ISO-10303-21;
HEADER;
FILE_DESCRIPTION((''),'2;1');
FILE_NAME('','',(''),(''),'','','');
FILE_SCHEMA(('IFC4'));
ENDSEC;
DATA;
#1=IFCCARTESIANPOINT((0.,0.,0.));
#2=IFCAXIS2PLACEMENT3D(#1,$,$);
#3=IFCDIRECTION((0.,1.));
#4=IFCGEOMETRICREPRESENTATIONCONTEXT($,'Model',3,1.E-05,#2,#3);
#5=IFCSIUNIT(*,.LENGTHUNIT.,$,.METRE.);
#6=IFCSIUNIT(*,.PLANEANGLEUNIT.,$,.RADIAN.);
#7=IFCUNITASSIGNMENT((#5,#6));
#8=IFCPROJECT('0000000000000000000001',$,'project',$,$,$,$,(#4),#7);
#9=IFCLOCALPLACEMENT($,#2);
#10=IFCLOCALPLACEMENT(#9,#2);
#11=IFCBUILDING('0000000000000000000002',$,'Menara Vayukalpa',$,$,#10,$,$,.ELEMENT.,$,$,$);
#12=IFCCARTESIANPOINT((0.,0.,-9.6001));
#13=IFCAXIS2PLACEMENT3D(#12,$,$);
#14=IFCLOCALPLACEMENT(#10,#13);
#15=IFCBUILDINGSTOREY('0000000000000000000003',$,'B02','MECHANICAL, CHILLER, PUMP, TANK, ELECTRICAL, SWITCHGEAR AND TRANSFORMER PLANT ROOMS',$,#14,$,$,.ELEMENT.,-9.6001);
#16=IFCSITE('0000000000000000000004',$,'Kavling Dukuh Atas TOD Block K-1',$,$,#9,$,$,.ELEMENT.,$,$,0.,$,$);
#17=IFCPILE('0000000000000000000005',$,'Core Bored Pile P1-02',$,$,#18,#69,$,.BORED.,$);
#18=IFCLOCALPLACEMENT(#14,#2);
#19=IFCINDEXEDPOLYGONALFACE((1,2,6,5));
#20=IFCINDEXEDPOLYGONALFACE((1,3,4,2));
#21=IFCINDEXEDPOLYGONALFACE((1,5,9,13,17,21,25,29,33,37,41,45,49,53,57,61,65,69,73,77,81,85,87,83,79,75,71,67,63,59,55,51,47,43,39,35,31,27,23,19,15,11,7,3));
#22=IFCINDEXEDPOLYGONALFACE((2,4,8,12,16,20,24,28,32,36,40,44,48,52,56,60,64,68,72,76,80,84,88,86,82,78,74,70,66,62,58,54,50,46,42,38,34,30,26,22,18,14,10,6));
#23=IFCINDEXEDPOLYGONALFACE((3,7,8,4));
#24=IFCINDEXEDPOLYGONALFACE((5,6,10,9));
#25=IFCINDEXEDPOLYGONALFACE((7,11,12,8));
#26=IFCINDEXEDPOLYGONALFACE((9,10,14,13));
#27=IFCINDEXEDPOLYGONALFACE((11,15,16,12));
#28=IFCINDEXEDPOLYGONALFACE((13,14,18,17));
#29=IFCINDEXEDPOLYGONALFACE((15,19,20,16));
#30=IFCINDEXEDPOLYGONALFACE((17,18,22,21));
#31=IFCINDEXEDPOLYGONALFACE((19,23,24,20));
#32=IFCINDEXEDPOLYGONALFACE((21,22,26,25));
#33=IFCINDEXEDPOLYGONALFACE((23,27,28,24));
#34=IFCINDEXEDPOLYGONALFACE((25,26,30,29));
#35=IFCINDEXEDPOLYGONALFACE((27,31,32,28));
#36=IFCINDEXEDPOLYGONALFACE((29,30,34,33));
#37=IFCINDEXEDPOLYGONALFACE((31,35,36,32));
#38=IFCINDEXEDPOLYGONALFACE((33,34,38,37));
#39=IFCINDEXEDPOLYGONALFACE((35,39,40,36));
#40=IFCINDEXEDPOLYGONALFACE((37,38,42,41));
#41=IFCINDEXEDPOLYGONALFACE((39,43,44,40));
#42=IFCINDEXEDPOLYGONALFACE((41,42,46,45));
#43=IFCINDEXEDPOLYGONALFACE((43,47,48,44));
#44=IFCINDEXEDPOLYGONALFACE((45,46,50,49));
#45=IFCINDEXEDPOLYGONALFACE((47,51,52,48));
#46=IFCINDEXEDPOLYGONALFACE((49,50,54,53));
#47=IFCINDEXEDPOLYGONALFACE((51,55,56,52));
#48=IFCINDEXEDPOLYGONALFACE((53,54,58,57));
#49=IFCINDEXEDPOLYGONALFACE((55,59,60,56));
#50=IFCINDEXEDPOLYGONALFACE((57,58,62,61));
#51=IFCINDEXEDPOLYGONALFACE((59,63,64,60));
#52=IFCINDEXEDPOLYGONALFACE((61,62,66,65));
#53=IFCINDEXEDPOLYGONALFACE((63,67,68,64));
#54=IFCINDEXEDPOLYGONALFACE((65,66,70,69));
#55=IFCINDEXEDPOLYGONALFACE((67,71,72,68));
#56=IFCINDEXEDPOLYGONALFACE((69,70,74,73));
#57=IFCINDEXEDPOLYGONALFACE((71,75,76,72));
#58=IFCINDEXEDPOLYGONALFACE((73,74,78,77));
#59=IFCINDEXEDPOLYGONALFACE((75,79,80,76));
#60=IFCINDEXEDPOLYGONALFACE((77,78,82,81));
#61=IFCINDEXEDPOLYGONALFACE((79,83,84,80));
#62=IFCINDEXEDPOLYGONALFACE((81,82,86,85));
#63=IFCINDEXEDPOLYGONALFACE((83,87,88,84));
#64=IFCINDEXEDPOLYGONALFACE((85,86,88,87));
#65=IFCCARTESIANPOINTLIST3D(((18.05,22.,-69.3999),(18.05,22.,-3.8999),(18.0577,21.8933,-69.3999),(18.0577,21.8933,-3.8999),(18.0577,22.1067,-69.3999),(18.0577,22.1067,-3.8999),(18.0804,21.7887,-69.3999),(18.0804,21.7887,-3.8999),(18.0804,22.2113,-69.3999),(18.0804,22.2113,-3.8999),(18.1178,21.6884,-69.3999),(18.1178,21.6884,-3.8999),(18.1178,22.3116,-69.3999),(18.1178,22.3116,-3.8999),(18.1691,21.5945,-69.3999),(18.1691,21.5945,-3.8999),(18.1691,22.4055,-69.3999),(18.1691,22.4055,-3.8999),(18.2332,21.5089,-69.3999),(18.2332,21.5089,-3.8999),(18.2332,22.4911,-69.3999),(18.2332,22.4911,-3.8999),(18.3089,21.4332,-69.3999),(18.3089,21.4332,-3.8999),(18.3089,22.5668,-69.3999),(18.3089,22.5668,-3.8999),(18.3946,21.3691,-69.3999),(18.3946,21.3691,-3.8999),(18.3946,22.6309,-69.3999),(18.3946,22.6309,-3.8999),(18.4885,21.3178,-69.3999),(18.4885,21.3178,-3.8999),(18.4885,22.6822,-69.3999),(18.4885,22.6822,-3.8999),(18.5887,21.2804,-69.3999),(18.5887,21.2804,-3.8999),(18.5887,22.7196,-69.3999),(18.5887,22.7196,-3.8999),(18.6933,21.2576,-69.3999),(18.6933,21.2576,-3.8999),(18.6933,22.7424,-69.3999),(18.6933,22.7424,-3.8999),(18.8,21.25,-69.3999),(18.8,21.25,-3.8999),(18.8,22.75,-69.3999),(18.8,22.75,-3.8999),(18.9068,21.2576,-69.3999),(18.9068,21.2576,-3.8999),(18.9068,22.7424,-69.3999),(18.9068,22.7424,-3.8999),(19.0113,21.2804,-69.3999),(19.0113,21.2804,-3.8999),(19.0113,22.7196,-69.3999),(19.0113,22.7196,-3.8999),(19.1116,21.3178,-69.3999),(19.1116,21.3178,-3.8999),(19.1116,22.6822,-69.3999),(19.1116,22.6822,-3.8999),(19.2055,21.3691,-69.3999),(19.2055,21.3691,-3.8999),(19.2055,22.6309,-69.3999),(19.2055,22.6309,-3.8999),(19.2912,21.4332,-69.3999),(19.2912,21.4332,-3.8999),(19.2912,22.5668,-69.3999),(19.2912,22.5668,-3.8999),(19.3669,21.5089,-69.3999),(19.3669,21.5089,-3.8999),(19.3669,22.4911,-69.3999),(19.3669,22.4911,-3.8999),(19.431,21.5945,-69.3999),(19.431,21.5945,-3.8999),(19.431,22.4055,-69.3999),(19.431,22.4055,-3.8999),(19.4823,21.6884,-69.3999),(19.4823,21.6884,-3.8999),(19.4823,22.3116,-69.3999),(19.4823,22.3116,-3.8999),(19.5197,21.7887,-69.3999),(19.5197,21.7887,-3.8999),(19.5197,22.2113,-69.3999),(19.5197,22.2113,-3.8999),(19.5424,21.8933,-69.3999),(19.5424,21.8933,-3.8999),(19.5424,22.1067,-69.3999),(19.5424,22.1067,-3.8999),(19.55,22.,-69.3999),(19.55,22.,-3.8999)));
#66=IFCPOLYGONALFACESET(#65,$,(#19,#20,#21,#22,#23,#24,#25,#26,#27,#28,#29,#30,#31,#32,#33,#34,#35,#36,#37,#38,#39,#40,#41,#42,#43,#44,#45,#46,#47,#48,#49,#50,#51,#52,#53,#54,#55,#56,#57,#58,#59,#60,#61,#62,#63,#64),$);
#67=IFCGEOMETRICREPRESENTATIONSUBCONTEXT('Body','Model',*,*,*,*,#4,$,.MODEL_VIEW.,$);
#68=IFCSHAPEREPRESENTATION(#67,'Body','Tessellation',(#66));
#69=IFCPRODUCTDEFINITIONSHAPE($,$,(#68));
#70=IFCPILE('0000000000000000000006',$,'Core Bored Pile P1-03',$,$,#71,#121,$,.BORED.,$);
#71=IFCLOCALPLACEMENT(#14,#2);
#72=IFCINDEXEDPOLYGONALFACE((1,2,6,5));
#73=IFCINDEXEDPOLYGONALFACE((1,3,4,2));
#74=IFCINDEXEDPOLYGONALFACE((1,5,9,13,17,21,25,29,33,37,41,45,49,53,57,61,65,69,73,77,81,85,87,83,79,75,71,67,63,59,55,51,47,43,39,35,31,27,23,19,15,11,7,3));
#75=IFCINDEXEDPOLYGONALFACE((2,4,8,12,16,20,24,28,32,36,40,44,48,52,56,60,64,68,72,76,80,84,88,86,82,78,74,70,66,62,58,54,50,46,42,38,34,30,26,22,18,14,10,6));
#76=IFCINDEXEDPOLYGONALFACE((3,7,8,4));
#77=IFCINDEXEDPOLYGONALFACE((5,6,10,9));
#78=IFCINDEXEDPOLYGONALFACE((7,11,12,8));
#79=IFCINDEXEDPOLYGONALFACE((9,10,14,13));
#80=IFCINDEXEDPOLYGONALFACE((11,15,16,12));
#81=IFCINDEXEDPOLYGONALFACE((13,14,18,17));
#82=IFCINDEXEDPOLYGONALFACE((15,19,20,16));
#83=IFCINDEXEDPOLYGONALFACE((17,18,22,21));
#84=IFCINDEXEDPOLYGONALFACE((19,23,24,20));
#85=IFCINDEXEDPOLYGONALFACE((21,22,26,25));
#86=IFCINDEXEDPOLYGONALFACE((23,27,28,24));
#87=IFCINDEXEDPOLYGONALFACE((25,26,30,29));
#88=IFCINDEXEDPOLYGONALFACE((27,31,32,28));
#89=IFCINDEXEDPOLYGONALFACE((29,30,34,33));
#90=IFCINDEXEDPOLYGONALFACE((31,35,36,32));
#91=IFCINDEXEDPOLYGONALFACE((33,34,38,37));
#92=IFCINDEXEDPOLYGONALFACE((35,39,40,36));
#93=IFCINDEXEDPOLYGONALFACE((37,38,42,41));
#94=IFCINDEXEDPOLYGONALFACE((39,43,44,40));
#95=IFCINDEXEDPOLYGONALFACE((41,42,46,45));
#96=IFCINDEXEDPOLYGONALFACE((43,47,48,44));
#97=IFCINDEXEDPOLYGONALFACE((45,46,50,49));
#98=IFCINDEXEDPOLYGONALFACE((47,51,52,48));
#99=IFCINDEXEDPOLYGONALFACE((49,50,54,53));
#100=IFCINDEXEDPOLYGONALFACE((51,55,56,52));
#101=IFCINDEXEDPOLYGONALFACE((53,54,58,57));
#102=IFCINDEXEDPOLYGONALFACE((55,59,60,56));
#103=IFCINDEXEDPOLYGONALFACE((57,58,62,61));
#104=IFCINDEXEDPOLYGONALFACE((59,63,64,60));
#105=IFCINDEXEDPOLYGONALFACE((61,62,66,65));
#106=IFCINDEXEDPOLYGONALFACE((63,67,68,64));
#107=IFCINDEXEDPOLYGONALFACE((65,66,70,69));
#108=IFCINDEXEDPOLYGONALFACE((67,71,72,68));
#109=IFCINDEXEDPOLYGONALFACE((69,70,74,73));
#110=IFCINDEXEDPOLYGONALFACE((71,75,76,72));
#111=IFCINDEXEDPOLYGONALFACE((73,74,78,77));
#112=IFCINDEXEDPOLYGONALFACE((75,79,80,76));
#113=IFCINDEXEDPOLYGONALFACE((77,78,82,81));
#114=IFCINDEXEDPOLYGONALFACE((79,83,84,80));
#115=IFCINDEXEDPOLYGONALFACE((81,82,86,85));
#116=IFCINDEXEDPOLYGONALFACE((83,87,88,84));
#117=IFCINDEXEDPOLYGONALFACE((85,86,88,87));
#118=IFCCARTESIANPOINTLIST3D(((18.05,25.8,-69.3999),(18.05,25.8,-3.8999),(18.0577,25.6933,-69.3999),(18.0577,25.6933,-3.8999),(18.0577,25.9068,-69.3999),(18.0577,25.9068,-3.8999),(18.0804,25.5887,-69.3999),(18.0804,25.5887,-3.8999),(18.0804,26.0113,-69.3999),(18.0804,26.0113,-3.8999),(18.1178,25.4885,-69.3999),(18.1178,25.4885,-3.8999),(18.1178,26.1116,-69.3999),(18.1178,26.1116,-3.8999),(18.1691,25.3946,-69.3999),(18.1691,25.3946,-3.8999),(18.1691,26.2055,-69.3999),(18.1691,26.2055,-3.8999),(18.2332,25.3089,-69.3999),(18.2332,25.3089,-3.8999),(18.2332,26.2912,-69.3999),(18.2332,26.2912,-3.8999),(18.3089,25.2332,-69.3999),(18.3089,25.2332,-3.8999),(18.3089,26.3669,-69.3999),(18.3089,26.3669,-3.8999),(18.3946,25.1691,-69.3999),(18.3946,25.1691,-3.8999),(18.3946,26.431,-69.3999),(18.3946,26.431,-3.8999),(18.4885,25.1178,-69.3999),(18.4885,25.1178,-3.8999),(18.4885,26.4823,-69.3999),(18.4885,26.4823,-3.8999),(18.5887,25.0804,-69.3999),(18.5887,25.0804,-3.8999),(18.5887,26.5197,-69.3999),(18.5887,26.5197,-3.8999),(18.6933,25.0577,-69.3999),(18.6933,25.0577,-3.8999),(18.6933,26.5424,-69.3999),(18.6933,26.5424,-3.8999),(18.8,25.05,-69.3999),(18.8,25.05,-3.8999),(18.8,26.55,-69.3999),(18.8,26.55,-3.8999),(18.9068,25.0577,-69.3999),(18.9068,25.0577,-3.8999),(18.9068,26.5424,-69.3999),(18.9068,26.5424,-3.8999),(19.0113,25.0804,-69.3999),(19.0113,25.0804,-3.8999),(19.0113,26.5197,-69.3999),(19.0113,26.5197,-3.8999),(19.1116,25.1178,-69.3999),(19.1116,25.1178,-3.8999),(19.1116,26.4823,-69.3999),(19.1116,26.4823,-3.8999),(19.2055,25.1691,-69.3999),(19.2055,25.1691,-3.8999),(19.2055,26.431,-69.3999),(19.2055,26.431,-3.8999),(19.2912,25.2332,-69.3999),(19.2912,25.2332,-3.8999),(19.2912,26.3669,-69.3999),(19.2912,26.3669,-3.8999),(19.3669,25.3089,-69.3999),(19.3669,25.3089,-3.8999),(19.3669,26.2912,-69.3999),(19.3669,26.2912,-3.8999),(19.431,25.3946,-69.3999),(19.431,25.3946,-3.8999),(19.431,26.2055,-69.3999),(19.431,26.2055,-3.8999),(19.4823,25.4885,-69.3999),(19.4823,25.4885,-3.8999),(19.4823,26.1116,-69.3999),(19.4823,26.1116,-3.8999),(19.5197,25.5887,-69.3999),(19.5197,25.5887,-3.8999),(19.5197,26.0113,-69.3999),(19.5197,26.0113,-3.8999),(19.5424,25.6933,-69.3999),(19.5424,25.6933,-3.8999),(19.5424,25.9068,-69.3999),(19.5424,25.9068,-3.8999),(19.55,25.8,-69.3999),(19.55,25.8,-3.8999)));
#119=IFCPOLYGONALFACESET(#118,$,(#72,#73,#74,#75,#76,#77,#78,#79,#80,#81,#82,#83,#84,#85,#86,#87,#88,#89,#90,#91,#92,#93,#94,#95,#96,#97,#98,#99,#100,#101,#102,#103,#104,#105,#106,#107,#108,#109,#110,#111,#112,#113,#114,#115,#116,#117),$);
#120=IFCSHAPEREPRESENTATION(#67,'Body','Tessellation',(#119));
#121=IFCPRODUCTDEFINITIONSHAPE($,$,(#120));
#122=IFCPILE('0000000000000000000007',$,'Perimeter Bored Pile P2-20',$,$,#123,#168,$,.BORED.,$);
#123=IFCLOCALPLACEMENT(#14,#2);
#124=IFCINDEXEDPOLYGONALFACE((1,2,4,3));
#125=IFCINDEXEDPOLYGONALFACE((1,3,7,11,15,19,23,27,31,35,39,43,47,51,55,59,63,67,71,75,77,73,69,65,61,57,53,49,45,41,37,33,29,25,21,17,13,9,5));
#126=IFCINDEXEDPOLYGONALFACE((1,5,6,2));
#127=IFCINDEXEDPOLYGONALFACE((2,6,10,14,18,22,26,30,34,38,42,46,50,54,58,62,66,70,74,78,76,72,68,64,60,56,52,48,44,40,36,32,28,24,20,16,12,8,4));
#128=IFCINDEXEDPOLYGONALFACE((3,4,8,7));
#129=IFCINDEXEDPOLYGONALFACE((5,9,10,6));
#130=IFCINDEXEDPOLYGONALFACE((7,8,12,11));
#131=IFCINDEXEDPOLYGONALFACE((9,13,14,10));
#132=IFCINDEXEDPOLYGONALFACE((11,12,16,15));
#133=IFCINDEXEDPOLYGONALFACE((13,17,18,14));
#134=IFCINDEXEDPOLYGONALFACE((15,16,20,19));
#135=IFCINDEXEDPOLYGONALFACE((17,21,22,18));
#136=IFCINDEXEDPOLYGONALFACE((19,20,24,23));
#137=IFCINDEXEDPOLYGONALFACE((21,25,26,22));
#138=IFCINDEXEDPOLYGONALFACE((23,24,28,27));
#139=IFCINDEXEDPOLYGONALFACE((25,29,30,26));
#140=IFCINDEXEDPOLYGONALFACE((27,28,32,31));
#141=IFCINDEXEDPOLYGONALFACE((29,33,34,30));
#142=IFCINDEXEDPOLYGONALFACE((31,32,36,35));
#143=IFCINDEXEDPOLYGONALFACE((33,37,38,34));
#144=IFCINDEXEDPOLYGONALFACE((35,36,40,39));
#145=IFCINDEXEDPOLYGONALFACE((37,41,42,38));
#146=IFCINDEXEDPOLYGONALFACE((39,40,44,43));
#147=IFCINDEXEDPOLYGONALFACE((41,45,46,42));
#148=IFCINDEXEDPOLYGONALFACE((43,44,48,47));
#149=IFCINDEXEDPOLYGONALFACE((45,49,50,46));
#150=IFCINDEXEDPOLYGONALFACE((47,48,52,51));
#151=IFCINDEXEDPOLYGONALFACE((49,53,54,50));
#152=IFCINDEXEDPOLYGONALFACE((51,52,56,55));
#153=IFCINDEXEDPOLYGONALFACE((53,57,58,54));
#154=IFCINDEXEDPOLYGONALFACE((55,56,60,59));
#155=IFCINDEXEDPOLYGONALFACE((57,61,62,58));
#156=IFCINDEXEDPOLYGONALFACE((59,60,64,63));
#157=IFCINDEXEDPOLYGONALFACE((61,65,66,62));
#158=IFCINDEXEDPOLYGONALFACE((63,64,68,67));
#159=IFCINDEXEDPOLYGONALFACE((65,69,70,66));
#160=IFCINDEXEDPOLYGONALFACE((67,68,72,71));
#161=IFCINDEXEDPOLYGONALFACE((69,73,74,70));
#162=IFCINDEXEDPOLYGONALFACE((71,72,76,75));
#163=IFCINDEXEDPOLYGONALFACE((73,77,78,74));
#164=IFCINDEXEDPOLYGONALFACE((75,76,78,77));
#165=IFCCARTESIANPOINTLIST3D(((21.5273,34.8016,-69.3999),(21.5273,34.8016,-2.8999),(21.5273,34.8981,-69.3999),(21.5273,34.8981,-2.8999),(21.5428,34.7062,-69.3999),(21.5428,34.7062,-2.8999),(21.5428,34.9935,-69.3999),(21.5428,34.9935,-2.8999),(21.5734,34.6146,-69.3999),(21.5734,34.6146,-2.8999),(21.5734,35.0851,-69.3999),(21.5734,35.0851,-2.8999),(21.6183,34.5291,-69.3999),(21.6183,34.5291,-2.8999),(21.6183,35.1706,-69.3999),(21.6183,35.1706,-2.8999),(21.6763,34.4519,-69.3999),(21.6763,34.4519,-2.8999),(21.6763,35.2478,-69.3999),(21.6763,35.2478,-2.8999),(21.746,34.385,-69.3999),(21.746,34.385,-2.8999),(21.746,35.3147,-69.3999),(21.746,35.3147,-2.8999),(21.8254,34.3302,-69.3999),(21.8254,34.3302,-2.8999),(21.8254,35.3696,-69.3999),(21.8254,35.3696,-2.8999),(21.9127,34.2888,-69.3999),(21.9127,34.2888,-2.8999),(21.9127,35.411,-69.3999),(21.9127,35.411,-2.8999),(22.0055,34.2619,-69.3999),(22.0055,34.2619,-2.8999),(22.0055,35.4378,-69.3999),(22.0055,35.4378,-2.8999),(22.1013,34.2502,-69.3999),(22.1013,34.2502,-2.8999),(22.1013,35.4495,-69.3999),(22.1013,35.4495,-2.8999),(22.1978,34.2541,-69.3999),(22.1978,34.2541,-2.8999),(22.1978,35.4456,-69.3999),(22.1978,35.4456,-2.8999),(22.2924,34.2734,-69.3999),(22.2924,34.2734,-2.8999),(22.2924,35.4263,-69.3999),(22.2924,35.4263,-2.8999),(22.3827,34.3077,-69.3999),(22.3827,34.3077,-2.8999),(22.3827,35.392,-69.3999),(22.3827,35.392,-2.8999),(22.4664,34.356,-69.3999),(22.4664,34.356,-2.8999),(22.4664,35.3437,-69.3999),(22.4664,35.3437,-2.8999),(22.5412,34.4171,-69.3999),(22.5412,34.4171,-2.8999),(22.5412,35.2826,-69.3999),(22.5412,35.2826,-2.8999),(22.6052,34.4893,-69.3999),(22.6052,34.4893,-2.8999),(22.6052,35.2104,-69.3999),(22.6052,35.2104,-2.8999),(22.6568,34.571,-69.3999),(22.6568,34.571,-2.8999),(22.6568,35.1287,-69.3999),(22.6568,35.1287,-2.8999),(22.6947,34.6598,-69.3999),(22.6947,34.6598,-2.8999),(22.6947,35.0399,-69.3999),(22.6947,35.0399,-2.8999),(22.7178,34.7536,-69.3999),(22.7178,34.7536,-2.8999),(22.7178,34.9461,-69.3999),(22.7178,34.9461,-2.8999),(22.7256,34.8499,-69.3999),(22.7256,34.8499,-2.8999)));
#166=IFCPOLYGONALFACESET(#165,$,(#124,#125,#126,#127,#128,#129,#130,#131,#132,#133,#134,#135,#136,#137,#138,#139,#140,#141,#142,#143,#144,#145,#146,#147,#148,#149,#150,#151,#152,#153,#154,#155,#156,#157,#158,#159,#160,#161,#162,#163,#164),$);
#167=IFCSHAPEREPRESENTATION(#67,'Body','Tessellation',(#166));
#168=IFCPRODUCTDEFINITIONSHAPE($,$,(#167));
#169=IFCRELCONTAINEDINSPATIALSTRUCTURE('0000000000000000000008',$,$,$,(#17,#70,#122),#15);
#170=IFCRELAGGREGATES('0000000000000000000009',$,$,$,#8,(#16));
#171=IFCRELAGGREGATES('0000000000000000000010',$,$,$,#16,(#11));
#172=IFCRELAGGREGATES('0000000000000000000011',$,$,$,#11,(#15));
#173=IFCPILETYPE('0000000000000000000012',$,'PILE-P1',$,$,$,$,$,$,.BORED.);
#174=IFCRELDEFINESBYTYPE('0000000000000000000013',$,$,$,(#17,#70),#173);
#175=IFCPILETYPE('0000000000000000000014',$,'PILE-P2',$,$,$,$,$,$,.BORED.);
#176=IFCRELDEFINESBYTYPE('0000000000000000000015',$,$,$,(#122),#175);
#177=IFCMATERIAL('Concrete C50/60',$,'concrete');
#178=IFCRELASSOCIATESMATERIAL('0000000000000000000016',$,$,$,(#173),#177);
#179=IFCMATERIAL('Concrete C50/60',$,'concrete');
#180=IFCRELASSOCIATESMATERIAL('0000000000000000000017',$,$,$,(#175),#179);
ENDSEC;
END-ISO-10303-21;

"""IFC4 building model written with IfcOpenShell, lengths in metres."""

from ifc_helpers import new_model, si_unit, direction, frame, origin, origin_2d, place, context, subcontext, project, spatial, circle, extrude, material, material_profile, profile_set, type_object, element, save


model = new_model("IFC4")

# Units and contexts
model_context = context("Model", 3, precision=1e-05, world=origin(), true_north=direction((0.0, 1.0)))
body_context = subcontext(model_context, "Body", "Model", "MODEL_VIEW")
ifc_project = project(units=[si_unit("LENGTHUNIT", "METRE"), si_unit("PLANEANGLEUNIT", "RADIAN")], contexts=[model_context])

# Site, building, storey
site_placement = place(None, origin())
site = spatial("IfcSite", under=ifc_project, at=site_placement, Name="Kavling Dukuh Atas TOD Block K-1", CompositionType="ELEMENT", RefElevation=0.0)
building_placement = place(site_placement, origin())
building = spatial("IfcBuilding", under=site, at=building_placement, Name="Menara Vayukalpa", CompositionType="ELEMENT")
storey_placement = place(building_placement, frame((0.0, 0.0, -9.6001)))
storey = spatial("IfcBuildingStorey", under=building, at=storey_placement, Name="B02", Description="MECHANICAL, CHILLER, PUMP, TANK, ELECTRICAL, SWITCHGEAR AND TRANSFORMER PLANT ROOMS", CompositionType="ELEMENT", Elevation=-9.6001)

# Piles
ifc_material_1 = material(Name="Concrete C50/60", Category="concrete")
ifc_material_profile_1 = material_profile(ifc_material_1, circle(Radius=0.75, at=origin_2d()), Name="PILE D1500")
ifc_profile_set_1 = profile_set([ifc_material_profile_1], Name="Concrete C50/60")
pile_type_1 = type_object("IfcPileType", Name="PILE-P1", PredefinedType="BORED", material=ifc_profile_set_1)
for number, where, z_axis, x_axis, name in (
    (1, (18.8, 22.0, -3.8999), (0.0, 0.0, -1.0), (1.0, 0.0, 0.0), "Core Bored Pile P1-02"),
    (2, (18.8, 25.8, -3.8999), (0.0, 0.0, -1.0), (1.0, 0.0, 0.0), "Core Bored Pile P1-03"),
):
    element("IfcPile", number, at=place(storey_placement, frame(where, z_axis=z_axis, x_axis=x_axis)), inside=storey, type_object=pile_type_1, Name=name, PredefinedType="BORED", context=body_context, shape_type="SweptSolid", body=[
        extrude(circle(Radius=0.75, at=origin_2d()), origin(), (0.0, 0.0, 1.0), 65.5),
    ])
ifc_material_2 = material(Name="Concrete C50/60", Category="concrete")
ifc_material_profile_2 = material_profile(ifc_material_2, circle(Radius=0.6001, at=origin_2d()), Name="PILE D1200")
ifc_profile_set_2 = profile_set([ifc_material_profile_2], Name="Concrete C50/60")
pile_type_2 = type_object("IfcPileType", Name="PILE-P2", PredefinedType="BORED", material=ifc_profile_set_2)
for number, where, z_axis, x_axis, name in (
    (3, (22.1255, 34.8499, -2.8999), (0.0, 0.0, -1.0), (1.0, 0.0, 0.0), "Perimeter Bored Pile P2-20"),
):
    element("IfcPile", number, at=place(storey_placement, frame(where, z_axis=z_axis, x_axis=x_axis)), inside=storey, type_object=pile_type_2, Name=name, PredefinedType="BORED", context=body_context, shape_type="SweptSolid", body=[
        extrude(circle(Radius=0.6001, at=origin_2d()), origin(), (0.0, 0.0, 1.0), 66.5),
    ])

save(model, "model.ifc")
